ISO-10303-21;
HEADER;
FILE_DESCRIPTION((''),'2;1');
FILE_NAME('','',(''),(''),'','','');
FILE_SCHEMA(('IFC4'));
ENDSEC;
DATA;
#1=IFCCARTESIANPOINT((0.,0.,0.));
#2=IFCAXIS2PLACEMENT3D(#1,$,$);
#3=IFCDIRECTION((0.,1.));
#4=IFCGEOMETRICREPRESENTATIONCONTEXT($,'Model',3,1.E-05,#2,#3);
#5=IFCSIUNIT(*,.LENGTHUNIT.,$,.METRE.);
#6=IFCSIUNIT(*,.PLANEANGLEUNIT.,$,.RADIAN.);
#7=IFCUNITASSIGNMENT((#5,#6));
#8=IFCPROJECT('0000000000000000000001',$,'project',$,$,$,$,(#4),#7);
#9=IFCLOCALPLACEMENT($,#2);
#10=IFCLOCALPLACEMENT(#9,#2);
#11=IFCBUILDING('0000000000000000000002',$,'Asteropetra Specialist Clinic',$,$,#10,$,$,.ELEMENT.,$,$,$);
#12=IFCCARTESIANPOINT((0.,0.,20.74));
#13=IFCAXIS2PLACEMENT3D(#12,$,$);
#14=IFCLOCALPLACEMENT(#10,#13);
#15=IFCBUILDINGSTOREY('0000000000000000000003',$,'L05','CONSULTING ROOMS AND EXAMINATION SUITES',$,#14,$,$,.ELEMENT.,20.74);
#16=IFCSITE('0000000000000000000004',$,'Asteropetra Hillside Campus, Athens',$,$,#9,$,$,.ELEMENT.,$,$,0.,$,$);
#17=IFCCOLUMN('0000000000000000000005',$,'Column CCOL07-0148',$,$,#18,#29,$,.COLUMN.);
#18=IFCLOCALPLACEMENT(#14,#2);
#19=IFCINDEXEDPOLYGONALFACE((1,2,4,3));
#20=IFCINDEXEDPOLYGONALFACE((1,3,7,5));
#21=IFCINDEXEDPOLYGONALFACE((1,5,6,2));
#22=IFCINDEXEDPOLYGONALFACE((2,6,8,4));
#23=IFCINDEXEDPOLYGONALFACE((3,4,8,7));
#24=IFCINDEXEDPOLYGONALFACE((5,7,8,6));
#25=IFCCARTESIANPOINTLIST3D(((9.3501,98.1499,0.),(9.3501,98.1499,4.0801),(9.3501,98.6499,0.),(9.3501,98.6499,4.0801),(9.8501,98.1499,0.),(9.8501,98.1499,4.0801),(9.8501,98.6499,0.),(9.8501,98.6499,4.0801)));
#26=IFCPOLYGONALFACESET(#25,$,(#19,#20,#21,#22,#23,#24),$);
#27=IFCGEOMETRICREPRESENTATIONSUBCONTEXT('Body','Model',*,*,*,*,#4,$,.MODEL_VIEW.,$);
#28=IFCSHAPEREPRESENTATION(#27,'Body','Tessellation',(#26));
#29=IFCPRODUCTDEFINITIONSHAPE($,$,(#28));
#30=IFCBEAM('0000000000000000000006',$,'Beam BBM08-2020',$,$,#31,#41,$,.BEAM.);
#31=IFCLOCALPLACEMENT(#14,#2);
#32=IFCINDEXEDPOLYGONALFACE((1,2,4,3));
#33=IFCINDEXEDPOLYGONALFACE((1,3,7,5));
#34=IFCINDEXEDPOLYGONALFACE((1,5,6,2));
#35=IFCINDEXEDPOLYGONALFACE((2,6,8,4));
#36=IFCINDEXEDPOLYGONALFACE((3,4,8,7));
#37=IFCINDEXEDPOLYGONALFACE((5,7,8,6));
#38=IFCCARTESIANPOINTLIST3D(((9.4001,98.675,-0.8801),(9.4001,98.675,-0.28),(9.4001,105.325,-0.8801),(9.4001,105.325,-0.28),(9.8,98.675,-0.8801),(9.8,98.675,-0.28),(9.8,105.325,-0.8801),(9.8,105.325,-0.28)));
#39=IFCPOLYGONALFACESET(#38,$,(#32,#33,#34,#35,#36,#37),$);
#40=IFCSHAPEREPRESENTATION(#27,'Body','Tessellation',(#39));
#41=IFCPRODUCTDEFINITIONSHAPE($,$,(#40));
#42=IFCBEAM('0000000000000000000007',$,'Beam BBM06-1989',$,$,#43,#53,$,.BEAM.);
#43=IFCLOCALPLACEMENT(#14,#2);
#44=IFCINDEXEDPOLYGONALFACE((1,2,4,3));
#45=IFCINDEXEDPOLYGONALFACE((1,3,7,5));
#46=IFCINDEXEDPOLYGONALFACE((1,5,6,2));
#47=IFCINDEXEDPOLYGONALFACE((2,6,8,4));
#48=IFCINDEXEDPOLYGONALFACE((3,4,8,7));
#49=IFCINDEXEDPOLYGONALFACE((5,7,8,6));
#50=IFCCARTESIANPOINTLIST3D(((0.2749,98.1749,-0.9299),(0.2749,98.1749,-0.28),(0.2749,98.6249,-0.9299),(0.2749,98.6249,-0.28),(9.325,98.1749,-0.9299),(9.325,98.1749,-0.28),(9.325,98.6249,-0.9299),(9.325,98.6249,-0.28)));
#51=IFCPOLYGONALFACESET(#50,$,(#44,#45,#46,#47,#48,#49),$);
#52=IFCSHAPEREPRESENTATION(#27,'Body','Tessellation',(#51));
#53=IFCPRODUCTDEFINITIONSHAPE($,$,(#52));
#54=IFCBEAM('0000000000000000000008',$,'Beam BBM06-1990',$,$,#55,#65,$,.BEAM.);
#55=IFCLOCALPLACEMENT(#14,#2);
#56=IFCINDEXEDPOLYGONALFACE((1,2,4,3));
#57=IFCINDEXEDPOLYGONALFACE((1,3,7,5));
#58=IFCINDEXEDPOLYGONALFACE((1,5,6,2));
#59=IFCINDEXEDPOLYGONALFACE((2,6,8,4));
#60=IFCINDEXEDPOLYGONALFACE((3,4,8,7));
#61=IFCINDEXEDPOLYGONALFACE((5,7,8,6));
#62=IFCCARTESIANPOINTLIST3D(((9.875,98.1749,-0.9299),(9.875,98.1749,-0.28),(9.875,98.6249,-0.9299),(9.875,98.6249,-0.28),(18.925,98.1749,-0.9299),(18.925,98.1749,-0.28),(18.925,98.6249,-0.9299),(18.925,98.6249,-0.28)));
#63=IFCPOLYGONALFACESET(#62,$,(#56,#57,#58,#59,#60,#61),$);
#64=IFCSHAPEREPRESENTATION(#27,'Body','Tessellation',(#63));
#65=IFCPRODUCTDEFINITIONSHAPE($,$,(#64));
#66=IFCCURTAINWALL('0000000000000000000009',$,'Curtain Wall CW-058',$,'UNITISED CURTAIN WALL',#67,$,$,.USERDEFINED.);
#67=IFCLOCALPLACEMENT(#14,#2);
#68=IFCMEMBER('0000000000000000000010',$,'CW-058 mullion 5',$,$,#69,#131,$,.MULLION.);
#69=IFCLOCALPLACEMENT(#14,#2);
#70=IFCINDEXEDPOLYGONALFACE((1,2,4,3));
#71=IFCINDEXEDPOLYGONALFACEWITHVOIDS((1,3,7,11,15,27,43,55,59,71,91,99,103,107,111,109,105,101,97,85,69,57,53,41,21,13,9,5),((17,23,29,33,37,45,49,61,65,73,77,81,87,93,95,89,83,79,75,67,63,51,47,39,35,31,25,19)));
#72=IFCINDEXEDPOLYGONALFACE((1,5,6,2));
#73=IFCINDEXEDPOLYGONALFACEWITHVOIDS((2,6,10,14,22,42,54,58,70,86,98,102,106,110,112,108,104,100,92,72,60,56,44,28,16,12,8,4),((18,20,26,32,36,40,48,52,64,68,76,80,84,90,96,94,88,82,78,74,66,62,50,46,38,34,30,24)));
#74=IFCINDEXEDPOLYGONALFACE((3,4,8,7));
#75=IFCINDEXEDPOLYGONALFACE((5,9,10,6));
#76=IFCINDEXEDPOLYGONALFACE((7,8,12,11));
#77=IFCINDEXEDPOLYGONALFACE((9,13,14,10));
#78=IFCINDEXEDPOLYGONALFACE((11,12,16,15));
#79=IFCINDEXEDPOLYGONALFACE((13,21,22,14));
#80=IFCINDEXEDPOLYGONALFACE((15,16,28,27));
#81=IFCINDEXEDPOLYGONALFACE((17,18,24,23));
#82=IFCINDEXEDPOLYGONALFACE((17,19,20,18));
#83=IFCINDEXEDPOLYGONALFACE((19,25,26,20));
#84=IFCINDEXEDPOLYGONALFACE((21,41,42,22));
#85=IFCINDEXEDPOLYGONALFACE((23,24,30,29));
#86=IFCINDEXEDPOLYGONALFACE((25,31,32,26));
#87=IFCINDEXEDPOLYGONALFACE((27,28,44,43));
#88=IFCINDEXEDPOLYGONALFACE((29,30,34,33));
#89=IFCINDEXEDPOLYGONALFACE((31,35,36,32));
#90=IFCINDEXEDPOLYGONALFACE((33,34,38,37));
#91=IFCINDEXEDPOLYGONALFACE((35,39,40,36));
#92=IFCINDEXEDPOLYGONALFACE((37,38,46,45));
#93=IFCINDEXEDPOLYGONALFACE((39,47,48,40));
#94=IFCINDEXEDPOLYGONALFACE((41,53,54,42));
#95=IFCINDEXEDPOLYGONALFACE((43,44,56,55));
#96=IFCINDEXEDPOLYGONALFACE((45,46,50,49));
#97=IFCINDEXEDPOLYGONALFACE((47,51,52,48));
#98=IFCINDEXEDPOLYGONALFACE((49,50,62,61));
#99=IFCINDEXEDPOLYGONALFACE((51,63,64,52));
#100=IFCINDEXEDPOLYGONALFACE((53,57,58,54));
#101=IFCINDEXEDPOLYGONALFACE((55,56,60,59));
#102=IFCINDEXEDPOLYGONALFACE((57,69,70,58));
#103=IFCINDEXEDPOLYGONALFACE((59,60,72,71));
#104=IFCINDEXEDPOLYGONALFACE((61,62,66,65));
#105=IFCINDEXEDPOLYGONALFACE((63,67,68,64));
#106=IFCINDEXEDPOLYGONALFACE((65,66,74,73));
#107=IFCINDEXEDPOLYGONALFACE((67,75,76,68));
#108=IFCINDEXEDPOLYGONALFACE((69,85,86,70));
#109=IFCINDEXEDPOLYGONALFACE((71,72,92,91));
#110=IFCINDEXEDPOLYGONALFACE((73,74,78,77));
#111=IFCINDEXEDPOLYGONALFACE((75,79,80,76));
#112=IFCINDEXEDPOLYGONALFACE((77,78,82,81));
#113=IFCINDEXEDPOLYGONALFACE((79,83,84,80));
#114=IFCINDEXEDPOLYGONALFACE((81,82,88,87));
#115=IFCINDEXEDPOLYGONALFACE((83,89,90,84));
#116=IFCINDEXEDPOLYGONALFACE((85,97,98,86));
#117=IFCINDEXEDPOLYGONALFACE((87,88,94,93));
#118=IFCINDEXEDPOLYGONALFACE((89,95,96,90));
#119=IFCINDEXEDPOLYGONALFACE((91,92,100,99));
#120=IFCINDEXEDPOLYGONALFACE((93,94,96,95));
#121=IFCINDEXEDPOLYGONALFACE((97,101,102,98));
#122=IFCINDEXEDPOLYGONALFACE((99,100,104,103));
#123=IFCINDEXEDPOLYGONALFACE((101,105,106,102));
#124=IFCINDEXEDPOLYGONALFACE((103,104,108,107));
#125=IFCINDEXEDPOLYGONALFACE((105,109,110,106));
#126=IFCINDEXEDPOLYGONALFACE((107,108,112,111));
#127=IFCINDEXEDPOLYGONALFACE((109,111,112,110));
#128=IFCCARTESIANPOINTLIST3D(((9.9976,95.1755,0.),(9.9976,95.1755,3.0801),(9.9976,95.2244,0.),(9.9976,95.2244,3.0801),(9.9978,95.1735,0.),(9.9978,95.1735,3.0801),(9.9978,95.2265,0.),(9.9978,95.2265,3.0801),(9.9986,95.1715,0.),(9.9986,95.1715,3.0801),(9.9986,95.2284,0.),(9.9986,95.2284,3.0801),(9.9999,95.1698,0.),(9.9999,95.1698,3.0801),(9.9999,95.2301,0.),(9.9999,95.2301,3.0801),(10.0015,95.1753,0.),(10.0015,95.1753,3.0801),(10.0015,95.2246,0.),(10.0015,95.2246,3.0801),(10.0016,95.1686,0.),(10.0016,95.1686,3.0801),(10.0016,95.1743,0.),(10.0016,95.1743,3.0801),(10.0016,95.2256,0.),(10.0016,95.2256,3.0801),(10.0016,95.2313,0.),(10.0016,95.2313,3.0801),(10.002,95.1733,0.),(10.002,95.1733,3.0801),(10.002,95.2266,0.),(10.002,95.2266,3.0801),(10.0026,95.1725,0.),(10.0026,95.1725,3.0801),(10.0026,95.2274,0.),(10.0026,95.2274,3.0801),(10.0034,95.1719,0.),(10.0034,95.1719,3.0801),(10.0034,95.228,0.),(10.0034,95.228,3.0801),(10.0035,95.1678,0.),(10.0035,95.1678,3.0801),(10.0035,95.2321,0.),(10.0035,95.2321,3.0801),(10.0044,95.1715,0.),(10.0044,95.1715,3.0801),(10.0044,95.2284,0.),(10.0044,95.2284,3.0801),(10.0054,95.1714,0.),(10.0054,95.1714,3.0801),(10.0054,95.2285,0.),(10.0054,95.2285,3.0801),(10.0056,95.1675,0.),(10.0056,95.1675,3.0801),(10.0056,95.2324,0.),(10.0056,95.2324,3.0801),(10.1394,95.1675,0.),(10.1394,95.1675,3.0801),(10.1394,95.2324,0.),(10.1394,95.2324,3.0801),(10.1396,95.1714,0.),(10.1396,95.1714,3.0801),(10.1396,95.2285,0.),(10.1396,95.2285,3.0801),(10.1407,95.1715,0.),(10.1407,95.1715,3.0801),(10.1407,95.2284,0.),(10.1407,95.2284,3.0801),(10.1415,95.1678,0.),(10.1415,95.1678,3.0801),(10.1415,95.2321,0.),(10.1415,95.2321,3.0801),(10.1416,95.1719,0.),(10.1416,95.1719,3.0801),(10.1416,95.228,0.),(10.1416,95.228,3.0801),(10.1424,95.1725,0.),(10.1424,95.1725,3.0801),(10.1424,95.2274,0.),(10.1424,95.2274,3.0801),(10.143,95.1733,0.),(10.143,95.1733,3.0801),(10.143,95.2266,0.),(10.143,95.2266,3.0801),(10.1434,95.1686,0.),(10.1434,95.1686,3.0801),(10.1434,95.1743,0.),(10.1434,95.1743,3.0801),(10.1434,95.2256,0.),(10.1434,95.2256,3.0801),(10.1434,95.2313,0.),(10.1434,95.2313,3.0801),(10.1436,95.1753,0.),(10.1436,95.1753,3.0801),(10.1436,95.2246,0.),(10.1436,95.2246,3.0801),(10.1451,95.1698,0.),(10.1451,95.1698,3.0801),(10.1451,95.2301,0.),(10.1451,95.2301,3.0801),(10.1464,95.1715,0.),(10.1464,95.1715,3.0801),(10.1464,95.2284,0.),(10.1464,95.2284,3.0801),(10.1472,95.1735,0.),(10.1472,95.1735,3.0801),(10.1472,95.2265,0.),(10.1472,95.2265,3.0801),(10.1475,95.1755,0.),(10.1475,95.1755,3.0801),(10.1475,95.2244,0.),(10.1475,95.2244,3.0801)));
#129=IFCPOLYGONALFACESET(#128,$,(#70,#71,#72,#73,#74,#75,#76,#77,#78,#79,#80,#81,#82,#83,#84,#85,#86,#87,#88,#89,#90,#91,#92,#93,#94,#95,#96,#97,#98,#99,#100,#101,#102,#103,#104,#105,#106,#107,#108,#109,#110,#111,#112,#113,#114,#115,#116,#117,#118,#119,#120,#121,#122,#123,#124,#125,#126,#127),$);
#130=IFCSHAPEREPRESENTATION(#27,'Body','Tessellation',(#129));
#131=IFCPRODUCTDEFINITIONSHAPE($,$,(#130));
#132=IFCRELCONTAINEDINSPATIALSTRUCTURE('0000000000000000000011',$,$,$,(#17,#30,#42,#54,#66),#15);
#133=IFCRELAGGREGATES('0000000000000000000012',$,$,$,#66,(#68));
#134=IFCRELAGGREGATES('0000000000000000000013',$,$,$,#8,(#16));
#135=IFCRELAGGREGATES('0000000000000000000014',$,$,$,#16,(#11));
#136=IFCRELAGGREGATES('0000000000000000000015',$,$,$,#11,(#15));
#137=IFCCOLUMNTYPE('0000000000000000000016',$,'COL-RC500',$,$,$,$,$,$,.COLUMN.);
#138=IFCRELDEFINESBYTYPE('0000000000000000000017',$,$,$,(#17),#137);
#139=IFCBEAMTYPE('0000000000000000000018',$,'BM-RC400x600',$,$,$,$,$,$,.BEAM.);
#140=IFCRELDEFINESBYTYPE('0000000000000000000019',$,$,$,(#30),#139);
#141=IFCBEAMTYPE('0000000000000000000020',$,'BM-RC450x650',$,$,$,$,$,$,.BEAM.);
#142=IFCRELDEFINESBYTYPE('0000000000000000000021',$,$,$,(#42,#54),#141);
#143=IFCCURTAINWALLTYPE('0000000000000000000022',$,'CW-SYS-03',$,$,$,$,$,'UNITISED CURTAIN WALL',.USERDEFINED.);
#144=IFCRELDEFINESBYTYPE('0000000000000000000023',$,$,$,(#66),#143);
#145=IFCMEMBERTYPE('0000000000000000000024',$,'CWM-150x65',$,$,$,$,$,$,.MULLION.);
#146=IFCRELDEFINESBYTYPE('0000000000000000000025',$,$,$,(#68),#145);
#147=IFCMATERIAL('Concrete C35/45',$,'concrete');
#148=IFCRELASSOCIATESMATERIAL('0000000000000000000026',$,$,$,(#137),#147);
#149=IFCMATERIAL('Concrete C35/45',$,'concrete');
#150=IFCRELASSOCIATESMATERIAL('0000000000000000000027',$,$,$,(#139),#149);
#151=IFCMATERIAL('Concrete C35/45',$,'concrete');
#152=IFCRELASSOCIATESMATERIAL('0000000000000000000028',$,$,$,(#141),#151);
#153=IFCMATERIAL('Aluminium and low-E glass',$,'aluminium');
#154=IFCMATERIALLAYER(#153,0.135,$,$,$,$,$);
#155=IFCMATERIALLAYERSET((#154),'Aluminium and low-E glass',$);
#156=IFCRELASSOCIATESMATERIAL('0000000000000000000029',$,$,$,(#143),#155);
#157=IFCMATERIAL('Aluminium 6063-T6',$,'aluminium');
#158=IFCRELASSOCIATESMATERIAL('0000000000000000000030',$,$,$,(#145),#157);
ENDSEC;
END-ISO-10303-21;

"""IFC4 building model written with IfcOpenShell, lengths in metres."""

from ifc_helpers import new_model, si_unit, direction, frame, origin, origin_2d, place, context, subcontext, project, spatial, rectangle, hollow_rectangle, extrude, material, layer, layer_set, material_profile, profile_set, type_object, element, aggregate, save


model = new_model("IFC4")

# Units and contexts
model_context = context("Model", 3, precision=1e-05, world=origin(), true_north=direction((0.0, 1.0)))
body_context = subcontext(model_context, "Body", "Model", "MODEL_VIEW")
ifc_project = project(units=[si_unit("LENGTHUNIT", "METRE"), si_unit("PLANEANGLEUNIT", "RADIAN")], contexts=[model_context])

# Site, building, storey
site_placement = place(None, origin())
site = spatial("IfcSite", under=ifc_project, at=site_placement, Name="Asteropetra Hillside Campus, Athens", CompositionType="ELEMENT", RefElevation=0.0)
building_placement = place(site_placement, origin())
building = spatial("IfcBuilding", under=site, at=building_placement, Name="Asteropetra Specialist Clinic", CompositionType="ELEMENT")
storey_placement = place(building_placement, frame((0.0, 0.0, 20.74)))
storey = spatial("IfcBuildingStorey", under=building, at=storey_placement, Name="L05", Description="CONSULTING ROOMS AND EXAMINATION SUITES", CompositionType="ELEMENT", Elevation=20.74)

# Column
ifc_material_1 = material(Name="Concrete C35/45", Category="concrete")
ifc_material_profile_1 = material_profile(ifc_material_1, rectangle(XDim=0.5, YDim=0.5, at=origin_2d()), Name="RC 500x500")
ifc_profile_set_1 = profile_set([ifc_material_profile_1], Name="Concrete C35/45")
column_type = type_object("IfcColumnType", Name="COL-RC500", PredefinedType="COLUMN", material=ifc_profile_set_1)
column_placement = place(storey_placement, frame((9.6001, 98.3999, 0.0), z_axis=(0.0, 0.0, 1.0), x_axis=(1.0, 0.0, 0.0)))
element("IfcColumn", 1, at=column_placement, inside=storey, type_object=column_type, Name="Column CCOL07-0148", PredefinedType="COLUMN", context=body_context, shape_type="SweptSolid", body=[
    extrude(rectangle(XDim=0.5, YDim=0.5, at=origin_2d()), origin(), (0.0, 0.0, 1.0), 4.0801),
])

# Beams
ifc_material_2 = material(Name="Concrete C35/45", Category="concrete")
ifc_material_profile_2 = material_profile(ifc_material_2, rectangle(XDim=0.3999, YDim=0.6001, at=origin_2d()), Name="RCB 400x600")
ifc_profile_set_2 = profile_set([ifc_material_profile_2], Name="Concrete C35/45")
beam_type_1 = type_object("IfcBeamType", Name="BM-RC400x600", PredefinedType="BEAM", material=ifc_profile_set_2)
beam_1_placement = place(storey_placement, frame((9.6001, 98.675, -0.5801), z_axis=(0.0, 1.0, 0.0), x_axis=(-1.0, 0.0, 0.0)))
element("IfcBeam", 2, at=beam_1_placement, inside=storey, type_object=beam_type_1, Name="Beam BBM08-2020", PredefinedType="BEAM", context=body_context, shape_type="SweptSolid", body=[
    extrude(rectangle(XDim=0.3999, YDim=0.6001, at=origin_2d()), origin(), (0.0, 0.0, 1.0), 6.6499),
])
ifc_material_3 = material(Name="Concrete C35/45", Category="concrete")
ifc_material_profile_3 = material_profile(ifc_material_3, rectangle(XDim=0.45, YDim=0.6499, at=origin_2d()), Name="RCB 450x650")
ifc_profile_set_3 = profile_set([ifc_material_profile_3], Name="Concrete C35/45")
beam_type_2 = type_object("IfcBeamType", Name="BM-RC450x650", PredefinedType="BEAM", material=ifc_profile_set_3)
for number, where, z_axis, x_axis, name in (
    (3, (0.2749, 98.3999, -0.605), (1.0, 0.0, 0.0), (0.0, 1.0, 0.0), "Beam BBM06-1989"),
    (4, (9.875, 98.3999, -0.605), (1.0, 0.0, 0.0), (0.0, 1.0, 0.0), "Beam BBM06-1990"),
):
    element("IfcBeam", number, at=place(storey_placement, frame(where, z_axis=z_axis, x_axis=x_axis)), inside=storey, type_object=beam_type_2, Name=name, PredefinedType="BEAM", context=body_context, shape_type="SweptSolid", body=[
        extrude(rectangle(XDim=0.45, YDim=0.6499, at=origin_2d()), origin(), (0.0, 0.0, 1.0), 9.05),
    ])

# Curtain wall, member
ifc_material_4 = material(Name="Aluminium and low-E glass", Category="aluminium")
ifc_layer_1 = layer(ifc_material_4, 0.135)
ifc_layer_set_1 = layer_set([ifc_layer_1], Name="Aluminium and low-E glass")
curtain_wall_type = type_object("IfcCurtainWallType", Name="CW-SYS-03", ElementType="UNITISED CURTAIN WALL", PredefinedType="USERDEFINED", material=ifc_layer_set_1)
curtain_wall_placement = place(storey_placement, origin())
curtain_wall = element("IfcCurtainWall", 5, at=curtain_wall_placement, inside=storey, type_object=curtain_wall_type, Name="Curtain Wall CW-058", ObjectType="UNITISED CURTAIN WALL", PredefinedType="USERDEFINED")
ifc_material_5 = material(Name="Aluminium 6063-T6", Category="aluminium")
ifc_material_profile_4 = material_profile(ifc_material_5, hollow_rectangle(XDim=0.0649, YDim=0.1499, WallThickness=0.0039, InnerFilletRadius=0.0039, OuterFilletRadius=0.0081, at=origin_2d()), Name="MUL 150x65x4.0")
ifc_profile_set_4 = profile_set([ifc_material_profile_4], Name="Aluminium 6063-T6")
member_type_1 = type_object("IfcMemberType", Name="CWM-150x65", PredefinedType="MULLION", material=ifc_profile_set_4)
member_1_placement = place(storey_placement, frame((10.0725, 95.2, 0.0), z_axis=(0.0, 0.0, 1.0), x_axis=(0.0, -1.0, 0.0)))
member_1 = element("IfcMember", 6, at=member_1_placement, type_object=member_type_1, Name="CW-058 mullion 5", PredefinedType="MULLION", context=body_context, shape_type="SweptSolid", body=[
    extrude(hollow_rectangle(XDim=0.0649, YDim=0.1499, WallThickness=0.0039, InnerFilletRadius=0.0039, OuterFilletRadius=0.0081, at=origin_2d()), origin(), (0.0, 0.0, 1.0), 3.0801),
])

aggregate(curtain_wall, [member_1])

save(model, "model.ifc")
